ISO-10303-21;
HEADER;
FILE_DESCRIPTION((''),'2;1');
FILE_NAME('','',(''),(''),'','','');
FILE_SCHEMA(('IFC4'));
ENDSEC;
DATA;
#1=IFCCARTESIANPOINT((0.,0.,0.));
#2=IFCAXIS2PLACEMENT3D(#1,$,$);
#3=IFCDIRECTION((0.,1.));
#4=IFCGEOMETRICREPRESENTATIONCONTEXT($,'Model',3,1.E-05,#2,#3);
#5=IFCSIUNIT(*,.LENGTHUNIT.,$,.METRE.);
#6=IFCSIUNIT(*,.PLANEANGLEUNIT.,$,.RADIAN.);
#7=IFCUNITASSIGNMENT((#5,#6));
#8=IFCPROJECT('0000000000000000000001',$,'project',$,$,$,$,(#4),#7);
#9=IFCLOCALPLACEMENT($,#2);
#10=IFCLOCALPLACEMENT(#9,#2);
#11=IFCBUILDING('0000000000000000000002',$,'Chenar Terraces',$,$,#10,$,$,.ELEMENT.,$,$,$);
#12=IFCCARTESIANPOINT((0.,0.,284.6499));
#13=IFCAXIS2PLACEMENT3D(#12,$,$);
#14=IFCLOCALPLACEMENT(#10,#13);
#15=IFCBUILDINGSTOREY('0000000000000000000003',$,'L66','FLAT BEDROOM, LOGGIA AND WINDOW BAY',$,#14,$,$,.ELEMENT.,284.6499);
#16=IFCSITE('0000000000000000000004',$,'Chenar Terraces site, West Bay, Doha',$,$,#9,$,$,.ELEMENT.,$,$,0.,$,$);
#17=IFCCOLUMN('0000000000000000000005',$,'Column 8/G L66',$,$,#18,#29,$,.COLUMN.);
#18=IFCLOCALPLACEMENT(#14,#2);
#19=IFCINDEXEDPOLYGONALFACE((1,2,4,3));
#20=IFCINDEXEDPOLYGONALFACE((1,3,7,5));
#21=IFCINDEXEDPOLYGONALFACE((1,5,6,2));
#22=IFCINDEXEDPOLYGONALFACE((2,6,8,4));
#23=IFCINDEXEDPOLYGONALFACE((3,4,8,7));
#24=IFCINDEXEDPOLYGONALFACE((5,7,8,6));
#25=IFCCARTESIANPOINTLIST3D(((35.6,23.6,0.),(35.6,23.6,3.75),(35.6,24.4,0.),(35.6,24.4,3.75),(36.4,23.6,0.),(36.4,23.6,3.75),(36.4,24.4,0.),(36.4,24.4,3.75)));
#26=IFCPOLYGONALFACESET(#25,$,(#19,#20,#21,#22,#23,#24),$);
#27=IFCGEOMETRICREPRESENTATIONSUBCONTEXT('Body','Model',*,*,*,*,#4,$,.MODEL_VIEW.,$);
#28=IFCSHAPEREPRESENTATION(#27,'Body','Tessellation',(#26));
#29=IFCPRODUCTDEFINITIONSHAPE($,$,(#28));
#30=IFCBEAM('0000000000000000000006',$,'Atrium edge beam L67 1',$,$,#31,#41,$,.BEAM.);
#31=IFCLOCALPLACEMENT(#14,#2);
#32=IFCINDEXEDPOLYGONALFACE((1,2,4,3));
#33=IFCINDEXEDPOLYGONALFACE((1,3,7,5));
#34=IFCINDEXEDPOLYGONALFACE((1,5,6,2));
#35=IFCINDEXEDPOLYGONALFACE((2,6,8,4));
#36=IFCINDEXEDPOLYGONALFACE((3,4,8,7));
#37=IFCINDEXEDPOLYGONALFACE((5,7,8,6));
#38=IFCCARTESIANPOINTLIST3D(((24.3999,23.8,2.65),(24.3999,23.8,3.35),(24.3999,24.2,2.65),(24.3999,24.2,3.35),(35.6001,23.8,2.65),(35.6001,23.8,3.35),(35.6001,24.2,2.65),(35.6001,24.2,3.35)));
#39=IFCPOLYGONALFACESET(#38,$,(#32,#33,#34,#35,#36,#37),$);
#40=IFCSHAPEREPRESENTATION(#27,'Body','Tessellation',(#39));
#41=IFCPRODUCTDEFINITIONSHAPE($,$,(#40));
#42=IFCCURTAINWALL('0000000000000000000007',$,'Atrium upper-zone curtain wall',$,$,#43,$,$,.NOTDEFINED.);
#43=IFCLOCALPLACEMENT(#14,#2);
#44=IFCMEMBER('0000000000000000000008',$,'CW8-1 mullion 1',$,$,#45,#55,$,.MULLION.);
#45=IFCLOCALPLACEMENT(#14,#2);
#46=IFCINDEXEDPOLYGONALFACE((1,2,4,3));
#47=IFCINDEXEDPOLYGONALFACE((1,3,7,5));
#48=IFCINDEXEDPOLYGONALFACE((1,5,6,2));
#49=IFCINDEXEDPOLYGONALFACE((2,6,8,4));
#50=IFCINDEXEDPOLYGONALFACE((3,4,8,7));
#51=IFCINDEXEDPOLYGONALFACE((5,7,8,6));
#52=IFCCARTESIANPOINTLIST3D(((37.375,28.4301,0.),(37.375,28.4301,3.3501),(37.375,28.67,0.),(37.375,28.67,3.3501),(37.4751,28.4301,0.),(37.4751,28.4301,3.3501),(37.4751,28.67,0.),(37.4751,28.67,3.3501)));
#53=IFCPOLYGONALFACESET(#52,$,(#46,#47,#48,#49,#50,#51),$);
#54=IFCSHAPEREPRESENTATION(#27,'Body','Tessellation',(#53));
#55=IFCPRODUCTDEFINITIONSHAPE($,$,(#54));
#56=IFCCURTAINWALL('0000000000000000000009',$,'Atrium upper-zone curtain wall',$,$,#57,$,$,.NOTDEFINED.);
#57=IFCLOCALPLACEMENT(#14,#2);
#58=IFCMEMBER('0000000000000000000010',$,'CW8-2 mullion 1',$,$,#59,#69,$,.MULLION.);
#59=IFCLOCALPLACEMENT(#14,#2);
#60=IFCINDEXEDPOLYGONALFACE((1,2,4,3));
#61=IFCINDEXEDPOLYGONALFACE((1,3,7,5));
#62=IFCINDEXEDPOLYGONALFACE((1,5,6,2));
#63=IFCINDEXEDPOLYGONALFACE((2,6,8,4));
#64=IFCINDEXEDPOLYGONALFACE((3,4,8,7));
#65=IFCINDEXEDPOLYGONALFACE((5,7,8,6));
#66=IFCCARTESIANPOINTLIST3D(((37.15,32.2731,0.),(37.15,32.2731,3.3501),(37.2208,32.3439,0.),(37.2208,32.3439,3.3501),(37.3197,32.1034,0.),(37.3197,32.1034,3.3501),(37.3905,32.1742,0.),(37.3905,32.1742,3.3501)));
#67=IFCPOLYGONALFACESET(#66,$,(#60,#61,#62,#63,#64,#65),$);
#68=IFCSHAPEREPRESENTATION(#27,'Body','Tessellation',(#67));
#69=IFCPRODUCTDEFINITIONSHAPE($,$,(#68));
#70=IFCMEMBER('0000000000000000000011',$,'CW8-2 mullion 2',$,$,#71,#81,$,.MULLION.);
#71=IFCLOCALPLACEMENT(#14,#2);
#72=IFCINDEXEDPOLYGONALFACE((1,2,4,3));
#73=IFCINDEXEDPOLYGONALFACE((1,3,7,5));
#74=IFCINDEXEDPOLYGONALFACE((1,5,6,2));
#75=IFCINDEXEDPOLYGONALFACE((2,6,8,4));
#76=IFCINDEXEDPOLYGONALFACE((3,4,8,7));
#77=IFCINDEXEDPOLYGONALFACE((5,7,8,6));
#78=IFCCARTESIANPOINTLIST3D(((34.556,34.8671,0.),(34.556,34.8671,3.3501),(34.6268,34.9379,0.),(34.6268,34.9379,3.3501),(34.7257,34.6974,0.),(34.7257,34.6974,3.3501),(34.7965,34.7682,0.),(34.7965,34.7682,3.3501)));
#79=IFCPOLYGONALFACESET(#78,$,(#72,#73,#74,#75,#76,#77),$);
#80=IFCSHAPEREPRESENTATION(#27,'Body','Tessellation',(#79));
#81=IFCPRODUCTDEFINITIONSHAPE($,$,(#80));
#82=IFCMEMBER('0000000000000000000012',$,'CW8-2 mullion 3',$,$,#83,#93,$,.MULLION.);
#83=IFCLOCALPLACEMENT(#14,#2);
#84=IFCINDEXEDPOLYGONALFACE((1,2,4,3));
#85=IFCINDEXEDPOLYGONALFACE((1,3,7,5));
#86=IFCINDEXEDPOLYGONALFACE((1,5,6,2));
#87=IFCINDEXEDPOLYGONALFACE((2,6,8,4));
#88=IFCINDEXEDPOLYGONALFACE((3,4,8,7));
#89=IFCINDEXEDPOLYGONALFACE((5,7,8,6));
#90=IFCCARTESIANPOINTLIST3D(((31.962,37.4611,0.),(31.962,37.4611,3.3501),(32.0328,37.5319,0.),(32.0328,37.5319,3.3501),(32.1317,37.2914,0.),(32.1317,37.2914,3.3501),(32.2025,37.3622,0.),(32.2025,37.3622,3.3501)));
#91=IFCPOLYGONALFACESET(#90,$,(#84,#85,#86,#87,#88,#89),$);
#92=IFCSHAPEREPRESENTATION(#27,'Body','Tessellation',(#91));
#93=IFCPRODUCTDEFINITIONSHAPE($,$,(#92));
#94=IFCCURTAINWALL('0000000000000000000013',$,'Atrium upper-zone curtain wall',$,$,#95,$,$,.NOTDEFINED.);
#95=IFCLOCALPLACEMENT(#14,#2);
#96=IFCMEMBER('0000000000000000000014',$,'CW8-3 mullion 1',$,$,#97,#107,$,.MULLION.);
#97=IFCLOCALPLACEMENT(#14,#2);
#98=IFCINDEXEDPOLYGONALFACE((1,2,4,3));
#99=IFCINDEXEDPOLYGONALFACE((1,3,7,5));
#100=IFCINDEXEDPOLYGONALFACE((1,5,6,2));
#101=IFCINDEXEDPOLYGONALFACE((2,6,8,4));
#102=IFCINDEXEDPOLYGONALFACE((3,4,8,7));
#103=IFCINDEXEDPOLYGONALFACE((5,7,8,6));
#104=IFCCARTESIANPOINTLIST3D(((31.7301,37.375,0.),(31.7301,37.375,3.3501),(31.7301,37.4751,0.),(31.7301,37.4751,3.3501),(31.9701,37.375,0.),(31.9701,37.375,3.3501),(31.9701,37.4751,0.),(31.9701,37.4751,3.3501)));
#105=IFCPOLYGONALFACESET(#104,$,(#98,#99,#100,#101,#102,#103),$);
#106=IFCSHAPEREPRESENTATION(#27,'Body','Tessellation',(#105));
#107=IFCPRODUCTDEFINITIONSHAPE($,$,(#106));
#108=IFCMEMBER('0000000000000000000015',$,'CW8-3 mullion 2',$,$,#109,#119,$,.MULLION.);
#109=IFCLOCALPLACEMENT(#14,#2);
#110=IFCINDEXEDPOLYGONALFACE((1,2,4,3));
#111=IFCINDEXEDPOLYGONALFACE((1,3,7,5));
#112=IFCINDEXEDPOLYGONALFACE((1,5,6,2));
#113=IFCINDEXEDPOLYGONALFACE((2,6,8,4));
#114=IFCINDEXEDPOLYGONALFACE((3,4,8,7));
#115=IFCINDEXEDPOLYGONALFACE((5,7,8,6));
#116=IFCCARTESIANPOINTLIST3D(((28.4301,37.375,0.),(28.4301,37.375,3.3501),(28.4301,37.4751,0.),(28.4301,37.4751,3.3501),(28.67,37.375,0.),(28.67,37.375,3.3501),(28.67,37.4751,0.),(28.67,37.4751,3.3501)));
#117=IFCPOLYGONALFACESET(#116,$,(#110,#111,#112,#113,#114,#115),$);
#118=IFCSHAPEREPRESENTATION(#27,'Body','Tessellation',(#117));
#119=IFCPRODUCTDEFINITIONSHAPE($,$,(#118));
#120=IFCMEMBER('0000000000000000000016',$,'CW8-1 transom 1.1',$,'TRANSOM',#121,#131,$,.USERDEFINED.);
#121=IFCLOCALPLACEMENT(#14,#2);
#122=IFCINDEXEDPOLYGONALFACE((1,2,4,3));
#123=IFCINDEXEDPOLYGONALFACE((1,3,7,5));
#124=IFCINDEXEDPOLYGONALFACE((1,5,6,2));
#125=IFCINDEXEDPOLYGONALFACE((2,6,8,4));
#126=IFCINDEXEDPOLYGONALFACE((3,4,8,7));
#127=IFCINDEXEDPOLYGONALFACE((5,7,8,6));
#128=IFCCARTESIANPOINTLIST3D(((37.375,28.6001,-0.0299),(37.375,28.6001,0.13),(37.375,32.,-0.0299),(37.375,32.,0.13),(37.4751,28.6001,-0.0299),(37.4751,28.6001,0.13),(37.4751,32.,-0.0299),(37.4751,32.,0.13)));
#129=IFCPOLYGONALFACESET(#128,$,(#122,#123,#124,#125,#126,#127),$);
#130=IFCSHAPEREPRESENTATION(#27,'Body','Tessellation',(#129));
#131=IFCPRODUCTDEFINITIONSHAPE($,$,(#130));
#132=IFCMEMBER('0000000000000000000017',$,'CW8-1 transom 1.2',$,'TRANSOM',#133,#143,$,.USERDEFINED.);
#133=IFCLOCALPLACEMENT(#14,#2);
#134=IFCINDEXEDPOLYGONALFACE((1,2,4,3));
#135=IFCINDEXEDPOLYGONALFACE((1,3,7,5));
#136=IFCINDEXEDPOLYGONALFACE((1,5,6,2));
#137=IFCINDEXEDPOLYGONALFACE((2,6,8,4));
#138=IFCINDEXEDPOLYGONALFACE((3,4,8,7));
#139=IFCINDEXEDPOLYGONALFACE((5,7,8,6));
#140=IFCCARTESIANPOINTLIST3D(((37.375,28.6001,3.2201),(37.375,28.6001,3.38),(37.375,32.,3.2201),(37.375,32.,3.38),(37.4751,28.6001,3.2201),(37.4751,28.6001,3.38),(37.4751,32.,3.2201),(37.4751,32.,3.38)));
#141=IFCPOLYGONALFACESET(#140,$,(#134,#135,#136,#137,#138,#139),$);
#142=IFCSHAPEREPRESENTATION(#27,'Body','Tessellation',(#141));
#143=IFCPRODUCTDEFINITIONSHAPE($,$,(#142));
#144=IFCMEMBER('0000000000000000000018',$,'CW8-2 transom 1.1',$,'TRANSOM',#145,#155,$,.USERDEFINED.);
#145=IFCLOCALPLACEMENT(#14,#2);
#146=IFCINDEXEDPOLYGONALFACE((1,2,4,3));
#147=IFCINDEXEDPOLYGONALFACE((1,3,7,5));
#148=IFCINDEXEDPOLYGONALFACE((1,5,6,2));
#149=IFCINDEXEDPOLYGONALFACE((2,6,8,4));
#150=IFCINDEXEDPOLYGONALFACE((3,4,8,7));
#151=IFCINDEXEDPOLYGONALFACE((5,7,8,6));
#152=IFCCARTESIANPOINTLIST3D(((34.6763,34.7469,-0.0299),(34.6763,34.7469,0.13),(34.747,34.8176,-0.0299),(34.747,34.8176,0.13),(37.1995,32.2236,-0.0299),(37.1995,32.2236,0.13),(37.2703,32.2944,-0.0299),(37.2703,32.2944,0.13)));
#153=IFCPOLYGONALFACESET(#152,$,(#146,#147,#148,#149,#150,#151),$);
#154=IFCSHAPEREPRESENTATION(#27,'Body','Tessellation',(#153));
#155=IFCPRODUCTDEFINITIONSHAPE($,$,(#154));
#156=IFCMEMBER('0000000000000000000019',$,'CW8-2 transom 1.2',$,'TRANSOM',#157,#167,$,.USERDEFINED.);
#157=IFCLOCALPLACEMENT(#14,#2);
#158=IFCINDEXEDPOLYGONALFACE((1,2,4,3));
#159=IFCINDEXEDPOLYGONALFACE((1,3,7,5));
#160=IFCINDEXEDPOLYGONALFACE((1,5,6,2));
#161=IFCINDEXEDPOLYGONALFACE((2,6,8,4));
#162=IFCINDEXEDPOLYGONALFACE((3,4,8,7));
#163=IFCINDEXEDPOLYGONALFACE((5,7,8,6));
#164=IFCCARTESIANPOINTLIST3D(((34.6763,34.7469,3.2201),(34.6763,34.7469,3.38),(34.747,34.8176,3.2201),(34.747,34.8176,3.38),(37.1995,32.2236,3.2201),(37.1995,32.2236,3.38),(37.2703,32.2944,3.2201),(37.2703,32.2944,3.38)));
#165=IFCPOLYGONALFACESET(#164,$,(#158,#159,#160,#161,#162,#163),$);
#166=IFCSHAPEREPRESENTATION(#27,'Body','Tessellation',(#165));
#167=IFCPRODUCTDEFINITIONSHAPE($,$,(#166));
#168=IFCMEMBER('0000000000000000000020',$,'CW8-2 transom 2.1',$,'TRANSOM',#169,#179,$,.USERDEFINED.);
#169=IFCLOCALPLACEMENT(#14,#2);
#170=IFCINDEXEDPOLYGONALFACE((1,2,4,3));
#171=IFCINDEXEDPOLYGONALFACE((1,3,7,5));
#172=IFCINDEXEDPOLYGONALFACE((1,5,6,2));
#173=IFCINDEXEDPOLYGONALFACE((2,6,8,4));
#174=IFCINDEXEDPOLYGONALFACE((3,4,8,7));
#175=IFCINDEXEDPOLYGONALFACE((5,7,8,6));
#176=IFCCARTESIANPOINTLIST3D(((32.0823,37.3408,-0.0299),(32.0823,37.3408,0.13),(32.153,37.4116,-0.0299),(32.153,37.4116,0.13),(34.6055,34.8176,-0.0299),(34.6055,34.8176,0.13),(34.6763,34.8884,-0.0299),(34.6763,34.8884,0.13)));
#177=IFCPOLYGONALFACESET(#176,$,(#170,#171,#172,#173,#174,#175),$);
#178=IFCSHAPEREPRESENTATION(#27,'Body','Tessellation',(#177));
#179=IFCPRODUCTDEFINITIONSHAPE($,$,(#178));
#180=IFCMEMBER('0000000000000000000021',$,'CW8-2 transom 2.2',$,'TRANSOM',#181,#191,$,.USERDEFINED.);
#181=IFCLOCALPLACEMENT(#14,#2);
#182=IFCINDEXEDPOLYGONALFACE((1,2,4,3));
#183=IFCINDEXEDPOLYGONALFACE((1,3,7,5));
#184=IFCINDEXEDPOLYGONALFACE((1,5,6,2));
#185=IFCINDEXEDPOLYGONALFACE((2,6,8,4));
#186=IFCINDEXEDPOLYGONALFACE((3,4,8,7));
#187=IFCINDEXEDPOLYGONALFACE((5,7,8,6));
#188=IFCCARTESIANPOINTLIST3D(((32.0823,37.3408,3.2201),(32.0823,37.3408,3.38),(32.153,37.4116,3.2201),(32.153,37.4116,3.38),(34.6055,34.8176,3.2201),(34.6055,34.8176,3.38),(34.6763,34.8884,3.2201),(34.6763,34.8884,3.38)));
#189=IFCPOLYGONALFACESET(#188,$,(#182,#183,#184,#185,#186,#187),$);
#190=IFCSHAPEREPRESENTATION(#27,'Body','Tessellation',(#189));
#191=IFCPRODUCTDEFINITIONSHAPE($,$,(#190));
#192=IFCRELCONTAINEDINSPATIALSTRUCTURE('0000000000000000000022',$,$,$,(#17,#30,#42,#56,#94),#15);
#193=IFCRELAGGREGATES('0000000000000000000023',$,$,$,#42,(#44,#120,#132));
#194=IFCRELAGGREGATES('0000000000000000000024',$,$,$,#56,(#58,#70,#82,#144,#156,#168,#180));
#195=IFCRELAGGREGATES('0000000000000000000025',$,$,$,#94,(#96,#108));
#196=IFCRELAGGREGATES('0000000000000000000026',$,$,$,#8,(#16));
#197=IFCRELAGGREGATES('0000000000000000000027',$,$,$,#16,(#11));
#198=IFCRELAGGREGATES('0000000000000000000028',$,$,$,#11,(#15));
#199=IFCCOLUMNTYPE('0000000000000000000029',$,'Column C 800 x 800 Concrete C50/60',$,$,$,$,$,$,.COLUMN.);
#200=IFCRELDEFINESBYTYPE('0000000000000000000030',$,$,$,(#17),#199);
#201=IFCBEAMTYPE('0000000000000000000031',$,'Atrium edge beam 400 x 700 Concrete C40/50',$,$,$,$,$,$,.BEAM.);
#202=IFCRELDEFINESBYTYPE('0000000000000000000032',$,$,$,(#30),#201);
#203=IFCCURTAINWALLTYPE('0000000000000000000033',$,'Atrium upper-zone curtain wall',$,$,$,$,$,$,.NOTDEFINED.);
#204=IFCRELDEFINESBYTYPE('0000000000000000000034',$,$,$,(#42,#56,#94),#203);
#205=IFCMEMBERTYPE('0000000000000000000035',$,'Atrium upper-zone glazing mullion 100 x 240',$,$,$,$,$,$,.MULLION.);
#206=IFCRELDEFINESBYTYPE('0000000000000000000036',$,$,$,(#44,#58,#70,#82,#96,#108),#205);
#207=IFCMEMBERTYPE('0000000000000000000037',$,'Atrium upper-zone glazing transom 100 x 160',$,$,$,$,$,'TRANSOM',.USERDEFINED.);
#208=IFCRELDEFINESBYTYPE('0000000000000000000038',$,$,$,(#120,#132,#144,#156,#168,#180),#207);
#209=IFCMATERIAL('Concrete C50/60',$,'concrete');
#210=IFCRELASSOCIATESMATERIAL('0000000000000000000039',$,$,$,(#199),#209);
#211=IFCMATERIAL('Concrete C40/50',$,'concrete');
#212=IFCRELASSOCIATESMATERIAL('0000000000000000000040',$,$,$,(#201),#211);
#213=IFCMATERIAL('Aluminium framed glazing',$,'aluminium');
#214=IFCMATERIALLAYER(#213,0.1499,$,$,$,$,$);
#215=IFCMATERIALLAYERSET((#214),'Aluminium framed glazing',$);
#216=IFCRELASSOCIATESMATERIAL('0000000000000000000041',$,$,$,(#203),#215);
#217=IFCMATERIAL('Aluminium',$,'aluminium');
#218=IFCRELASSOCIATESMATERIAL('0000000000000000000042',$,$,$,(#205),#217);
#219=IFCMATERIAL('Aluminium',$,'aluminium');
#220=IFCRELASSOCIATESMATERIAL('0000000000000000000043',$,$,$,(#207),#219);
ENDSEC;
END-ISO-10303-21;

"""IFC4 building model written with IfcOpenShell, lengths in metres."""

from ifc_helpers import new_model, si_unit, direction, frame, origin, origin_2d, place, context, subcontext, project, spatial, rectangle, extrude, material, layer, layer_set, material_profile, profile_set, type_object, element, aggregate, save


model = new_model("IFC4")

# Units and contexts
model_context = context("Model", 3, precision=1e-05, world=origin(), true_north=direction((0.0, 1.0)))
body_context = subcontext(model_context, "Body", "Model", "MODEL_VIEW")
ifc_project = project(units=[si_unit("LENGTHUNIT", "METRE"), si_unit("PLANEANGLEUNIT", "RADIAN")], contexts=[model_context])

# Site, building, storey
site_placement = place(None, origin())
site = spatial("IfcSite", under=ifc_project, at=site_placement, Name="Chenar Terraces site, West Bay, Doha", CompositionType="ELEMENT", RefElevation=0.0)
building_placement = place(site_placement, origin())
building = spatial("IfcBuilding", under=site, at=building_placement, Name="Chenar Terraces", CompositionType="ELEMENT")
storey_placement = place(building_placement, frame((0.0, 0.0, 284.6499)))
storey = spatial("IfcBuildingStorey", under=building, at=storey_placement, Name="L66", Description="FLAT BEDROOM, LOGGIA AND WINDOW BAY", CompositionType="ELEMENT", Elevation=284.6499)

# Column
ifc_material_1 = material(Name="Concrete C50/60", Category="concrete")
ifc_material_profile_1 = material_profile(ifc_material_1, rectangle(XDim=0.8, YDim=0.8, at=origin_2d()), Name="C 800 x 800")
ifc_profile_set_1 = profile_set([ifc_material_profile_1], Name="Concrete C50/60")
column_type = type_object("IfcColumnType", Name="Column C 800 x 800 Concrete C50/60", PredefinedType="COLUMN", material=ifc_profile_set_1)
column_placement = place(storey_placement, frame((36.0, 24.0, 0.0), z_axis=(0.0, 0.0, 1.0), x_axis=(1.0, 0.0, 0.0)))
element("IfcColumn", 1, at=column_placement, inside=storey, type_object=column_type, Name="Column 8/G L66", PredefinedType="COLUMN", context=body_context, shape_type="SweptSolid", body=[
    extrude(rectangle(XDim=0.8, YDim=0.8, at=origin_2d()), origin(), (0.0, 0.0, 1.0), 3.75),
])

# Beam
ifc_material_2 = material(Name="Concrete C40/50", Category="concrete")
ifc_material_profile_2 = material_profile(ifc_material_2, rectangle(XDim=0.3999, YDim=0.7, at=origin_2d()), Name="RC 400 x 700")
ifc_profile_set_2 = profile_set([ifc_material_profile_2], Name="Concrete C40/50")
beam_type = type_object("IfcBeamType", Name="Atrium edge beam 400 x 700 Concrete C40/50", PredefinedType="BEAM", material=ifc_profile_set_2)
beam_placement = place(storey_placement, frame((24.3999, 24.0, 3.0), z_axis=(1.0, 0.0, 0.0), x_axis=(0.0, 1.0, 0.0)))
element("IfcBeam", 2, at=beam_placement, inside=storey, type_object=beam_type, Name="Atrium edge beam L67 1", PredefinedType="BEAM", context=body_context, shape_type="SweptSolid", body=[
    extrude(rectangle(XDim=0.3999, YDim=0.7, at=origin_2d()), origin(), (0.0, 0.0, 1.0), 11.2002),
])

# Curtain wall, member
ifc_material_3 = material(Name="Aluminium framed glazing", Category="aluminium")
ifc_layer_1 = layer(ifc_material_3, 0.1499)
ifc_layer_set_1 = layer_set([ifc_layer_1], Name="Aluminium framed glazing")
curtain_wall_type = type_object("IfcCurtainWallType", Name="Atrium upper-zone curtain wall", PredefinedType="NOTDEFINED", material=ifc_layer_set_1)
placement = place(storey_placement, origin())
curtain_wall_1 = element("IfcCurtainWall", 3, at=placement, inside=storey, type_object=curtain_wall_type, Name="Atrium upper-zone curtain wall", PredefinedType="NOTDEFINED")
ifc_material_4 = material(Name="Aluminium", Category="aluminium")
ifc_material_profile_3 = material_profile(ifc_material_4, rectangle(XDim=0.1001, YDim=0.24, at=origin_2d()), Name="Atrium upper-zone glazing mullion 100 x 240")
ifc_profile_set_3 = profile_set([ifc_material_profile_3], Name="Aluminium")
member_type_1 = type_object("IfcMemberType", Name="Atrium upper-zone glazing mullion 100 x 240", PredefinedType="MULLION", material=ifc_profile_set_3)
member_1_placement = place(storey_placement, frame((37.425, 28.55, 0.0), z_axis=(0.0, 0.0, 1.0), x_axis=(-1.0, 0.0, 0.0)))
member_1 = element("IfcMember", 4, at=member_1_placement, type_object=member_type_1, Name="CW8-1 mullion 1", PredefinedType="MULLION", context=body_context, shape_type="SweptSolid", body=[
    extrude(rectangle(XDim=0.1001, YDim=0.24, at=origin_2d()), origin(), (0.0, 0.0, 1.0), 3.3501),
])

# Curtain walls, members
curtain_wall_2 = element("IfcCurtainWall", 5, at=placement, inside=storey, type_object=curtain_wall_type, Name="Atrium upper-zone curtain wall", PredefinedType="NOTDEFINED")
member_2_placement = place(storey_placement, frame((37.2703, 32.2236, 0.0), z_axis=(0.0, 0.0, 1.0), x_axis=(-0.707107, -0.707107, 0.0)))
member_2 = element("IfcMember", 6, at=member_2_placement, type_object=member_type_1, Name="CW8-2 mullion 1", PredefinedType="MULLION", context=body_context, shape_type="SweptSolid", body=[
    extrude(rectangle(XDim=0.1001, YDim=0.24, at=origin_2d()), origin(), (0.0, 0.0, 1.0), 3.3501),
])
member_3_placement = place(storey_placement, frame((34.6763, 34.8176, 0.0), z_axis=(0.0, 0.0, 1.0), x_axis=(-0.707107, -0.707107, 0.0)))
member_3 = element("IfcMember", 7, at=member_3_placement, type_object=member_type_1, Name="CW8-2 mullion 2", PredefinedType="MULLION", context=body_context, shape_type="SweptSolid", body=[
    extrude(rectangle(XDim=0.1001, YDim=0.24, at=origin_2d()), origin(), (0.0, 0.0, 1.0), 3.3501),
])
member_4_placement = place(storey_placement, frame((32.0823, 37.4116, 0.0), z_axis=(0.0, 0.0, 1.0), x_axis=(-0.707107, -0.707107, 0.0)))
member_4 = element("IfcMember", 8, at=member_4_placement, type_object=member_type_1, Name="CW8-2 mullion 3", PredefinedType="MULLION", context=body_context, shape_type="SweptSolid", body=[
    extrude(rectangle(XDim=0.1001, YDim=0.24, at=origin_2d()), origin(), (0.0, 0.0, 1.0), 3.3501),
])
curtain_wall_3 = element("IfcCurtainWall", 9, at=placement, inside=storey, type_object=curtain_wall_type, Name="Atrium upper-zone curtain wall", PredefinedType="NOTDEFINED")
member_5_placement = place(storey_placement, frame((31.8501, 37.425, 0.0), z_axis=(0.0, 0.0, 1.0), x_axis=(0.0, -1.0, 0.0)))
member_5 = element("IfcMember", 10, at=member_5_placement, type_object=member_type_1, Name="CW8-3 mullion 1", PredefinedType="MULLION", context=body_context, shape_type="SweptSolid", body=[
    extrude(rectangle(XDim=0.1001, YDim=0.24, at=origin_2d()), origin(), (0.0, 0.0, 1.0), 3.3501),
])
member_6_placement = place(storey_placement, frame((28.55, 37.425, 0.0), z_axis=(0.0, 0.0, 1.0), x_axis=(0.0, -1.0, 0.0)))
member_6 = element("IfcMember", 11, at=member_6_placement, type_object=member_type_1, Name="CW8-3 mullion 2", PredefinedType="MULLION", context=body_context, shape_type="SweptSolid", body=[
    extrude(rectangle(XDim=0.1001, YDim=0.24, at=origin_2d()), origin(), (0.0, 0.0, 1.0), 3.3501),
])

# Members
ifc_material_5 = material(Name="Aluminium", Category="aluminium")
ifc_material_profile_4 = material_profile(ifc_material_5, rectangle(XDim=0.1001, YDim=0.1599, at=origin_2d()), Name="Atrium upper-zone glazing transom 100 x 160")
ifc_profile_set_4 = profile_set([ifc_material_profile_4], Name="Aluminium")
member_type_2 = type_object("IfcMemberType", Name="Atrium upper-zone glazing transom 100 x 160", ElementType="TRANSOM", PredefinedType="USERDEFINED", material=ifc_profile_set_4)
member_7_placement = place(storey_placement, frame((37.425, 28.6001, 0.05), z_axis=(0.0, 1.0, 0.0), x_axis=(-1.0, 0.0, 0.0)))
member_7 = element("IfcMember", 12, at=member_7_placement, type_object=member_type_2, Name="CW8-1 transom 1.1", ObjectType="TRANSOM", PredefinedType="USERDEFINED", context=body_context, shape_type="SweptSolid", body=[
    extrude(rectangle(XDim=0.1001, YDim=0.1599, at=origin_2d()), origin(), (0.0, 0.0, 1.0), 3.3999),
])
member_8_placement = place(storey_placement, frame((37.425, 28.6001, 3.3), z_axis=(0.0, 1.0, 0.0), x_axis=(-1.0, 0.0, 0.0)))
member_8 = element("IfcMember", 13, at=member_8_placement, type_object=member_type_2, Name="CW8-1 transom 1.2", ObjectType="TRANSOM", PredefinedType="USERDEFINED", context=body_context, shape_type="SweptSolid", body=[
    extrude(rectangle(XDim=0.1001, YDim=0.1599, at=origin_2d()), origin(), (0.0, 0.0, 1.0), 3.3999),
])
aggregate(curtain_wall_1, [member_1, member_7, member_8])
member_9_placement = place(storey_placement, frame((37.2349, 32.259, 0.05), z_axis=(-0.707107, 0.707107, 0.0), x_axis=(-0.707107, -0.707107, 0.0)))
member_9 = element("IfcMember", 14, at=member_9_placement, type_object=member_type_2, Name="CW8-2 transom 1.1", ObjectType="TRANSOM", PredefinedType="USERDEFINED", context=body_context, shape_type="SweptSolid", body=[
    extrude(rectangle(XDim=0.1001, YDim=0.1599, at=origin_2d()), origin(), (0.0, 0.0, 1.0), 3.5684),
])
member_10_placement = place(storey_placement, frame((37.2349, 32.259, 3.3), z_axis=(-0.707107, 0.707107, 0.0), x_axis=(-0.707107, -0.707107, 0.0)))
member_10 = element("IfcMember", 15, at=member_10_placement, type_object=member_type_2, Name="CW8-2 transom 1.2", ObjectType="TRANSOM", PredefinedType="USERDEFINED", context=body_context, shape_type="SweptSolid", body=[
    extrude(rectangle(XDim=0.1001, YDim=0.1599, at=origin_2d()), origin(), (0.0, 0.0, 1.0), 3.5684),
])
member_11_placement = place(storey_placement, frame((34.6409, 34.853, 0.05), z_axis=(-0.707107, 0.707107, 0.0), x_axis=(-0.707107, -0.707107, 0.0)))
member_11 = element("IfcMember", 16, at=member_11_placement, type_object=member_type_2, Name="CW8-2 transom 2.1", ObjectType="TRANSOM", PredefinedType="USERDEFINED", context=body_context, shape_type="SweptSolid", body=[
    extrude(rectangle(XDim=0.1001, YDim=0.1599, at=origin_2d()), origin(), (0.0, 0.0, 1.0), 3.5684),
])
member_12_placement = place(storey_placement, frame((34.6409, 34.853, 3.3), z_axis=(-0.707107, 0.707107, 0.0), x_axis=(-0.707107, -0.707107, 0.0)))
member_12 = element("IfcMember", 17, at=member_12_placement, type_object=member_type_2, Name="CW8-2 transom 2.2", ObjectType="TRANSOM", PredefinedType="USERDEFINED", context=body_context, shape_type="SweptSolid", body=[
    extrude(rectangle(XDim=0.1001, YDim=0.1599, at=origin_2d()), origin(), (0.0, 0.0, 1.0), 3.5684),
])

aggregate(curtain_wall_2, [member_2, member_3, member_4, member_9, member_10, member_11, member_12])
aggregate(curtain_wall_3, [member_5, member_6])

save(model, "model.ifc")
